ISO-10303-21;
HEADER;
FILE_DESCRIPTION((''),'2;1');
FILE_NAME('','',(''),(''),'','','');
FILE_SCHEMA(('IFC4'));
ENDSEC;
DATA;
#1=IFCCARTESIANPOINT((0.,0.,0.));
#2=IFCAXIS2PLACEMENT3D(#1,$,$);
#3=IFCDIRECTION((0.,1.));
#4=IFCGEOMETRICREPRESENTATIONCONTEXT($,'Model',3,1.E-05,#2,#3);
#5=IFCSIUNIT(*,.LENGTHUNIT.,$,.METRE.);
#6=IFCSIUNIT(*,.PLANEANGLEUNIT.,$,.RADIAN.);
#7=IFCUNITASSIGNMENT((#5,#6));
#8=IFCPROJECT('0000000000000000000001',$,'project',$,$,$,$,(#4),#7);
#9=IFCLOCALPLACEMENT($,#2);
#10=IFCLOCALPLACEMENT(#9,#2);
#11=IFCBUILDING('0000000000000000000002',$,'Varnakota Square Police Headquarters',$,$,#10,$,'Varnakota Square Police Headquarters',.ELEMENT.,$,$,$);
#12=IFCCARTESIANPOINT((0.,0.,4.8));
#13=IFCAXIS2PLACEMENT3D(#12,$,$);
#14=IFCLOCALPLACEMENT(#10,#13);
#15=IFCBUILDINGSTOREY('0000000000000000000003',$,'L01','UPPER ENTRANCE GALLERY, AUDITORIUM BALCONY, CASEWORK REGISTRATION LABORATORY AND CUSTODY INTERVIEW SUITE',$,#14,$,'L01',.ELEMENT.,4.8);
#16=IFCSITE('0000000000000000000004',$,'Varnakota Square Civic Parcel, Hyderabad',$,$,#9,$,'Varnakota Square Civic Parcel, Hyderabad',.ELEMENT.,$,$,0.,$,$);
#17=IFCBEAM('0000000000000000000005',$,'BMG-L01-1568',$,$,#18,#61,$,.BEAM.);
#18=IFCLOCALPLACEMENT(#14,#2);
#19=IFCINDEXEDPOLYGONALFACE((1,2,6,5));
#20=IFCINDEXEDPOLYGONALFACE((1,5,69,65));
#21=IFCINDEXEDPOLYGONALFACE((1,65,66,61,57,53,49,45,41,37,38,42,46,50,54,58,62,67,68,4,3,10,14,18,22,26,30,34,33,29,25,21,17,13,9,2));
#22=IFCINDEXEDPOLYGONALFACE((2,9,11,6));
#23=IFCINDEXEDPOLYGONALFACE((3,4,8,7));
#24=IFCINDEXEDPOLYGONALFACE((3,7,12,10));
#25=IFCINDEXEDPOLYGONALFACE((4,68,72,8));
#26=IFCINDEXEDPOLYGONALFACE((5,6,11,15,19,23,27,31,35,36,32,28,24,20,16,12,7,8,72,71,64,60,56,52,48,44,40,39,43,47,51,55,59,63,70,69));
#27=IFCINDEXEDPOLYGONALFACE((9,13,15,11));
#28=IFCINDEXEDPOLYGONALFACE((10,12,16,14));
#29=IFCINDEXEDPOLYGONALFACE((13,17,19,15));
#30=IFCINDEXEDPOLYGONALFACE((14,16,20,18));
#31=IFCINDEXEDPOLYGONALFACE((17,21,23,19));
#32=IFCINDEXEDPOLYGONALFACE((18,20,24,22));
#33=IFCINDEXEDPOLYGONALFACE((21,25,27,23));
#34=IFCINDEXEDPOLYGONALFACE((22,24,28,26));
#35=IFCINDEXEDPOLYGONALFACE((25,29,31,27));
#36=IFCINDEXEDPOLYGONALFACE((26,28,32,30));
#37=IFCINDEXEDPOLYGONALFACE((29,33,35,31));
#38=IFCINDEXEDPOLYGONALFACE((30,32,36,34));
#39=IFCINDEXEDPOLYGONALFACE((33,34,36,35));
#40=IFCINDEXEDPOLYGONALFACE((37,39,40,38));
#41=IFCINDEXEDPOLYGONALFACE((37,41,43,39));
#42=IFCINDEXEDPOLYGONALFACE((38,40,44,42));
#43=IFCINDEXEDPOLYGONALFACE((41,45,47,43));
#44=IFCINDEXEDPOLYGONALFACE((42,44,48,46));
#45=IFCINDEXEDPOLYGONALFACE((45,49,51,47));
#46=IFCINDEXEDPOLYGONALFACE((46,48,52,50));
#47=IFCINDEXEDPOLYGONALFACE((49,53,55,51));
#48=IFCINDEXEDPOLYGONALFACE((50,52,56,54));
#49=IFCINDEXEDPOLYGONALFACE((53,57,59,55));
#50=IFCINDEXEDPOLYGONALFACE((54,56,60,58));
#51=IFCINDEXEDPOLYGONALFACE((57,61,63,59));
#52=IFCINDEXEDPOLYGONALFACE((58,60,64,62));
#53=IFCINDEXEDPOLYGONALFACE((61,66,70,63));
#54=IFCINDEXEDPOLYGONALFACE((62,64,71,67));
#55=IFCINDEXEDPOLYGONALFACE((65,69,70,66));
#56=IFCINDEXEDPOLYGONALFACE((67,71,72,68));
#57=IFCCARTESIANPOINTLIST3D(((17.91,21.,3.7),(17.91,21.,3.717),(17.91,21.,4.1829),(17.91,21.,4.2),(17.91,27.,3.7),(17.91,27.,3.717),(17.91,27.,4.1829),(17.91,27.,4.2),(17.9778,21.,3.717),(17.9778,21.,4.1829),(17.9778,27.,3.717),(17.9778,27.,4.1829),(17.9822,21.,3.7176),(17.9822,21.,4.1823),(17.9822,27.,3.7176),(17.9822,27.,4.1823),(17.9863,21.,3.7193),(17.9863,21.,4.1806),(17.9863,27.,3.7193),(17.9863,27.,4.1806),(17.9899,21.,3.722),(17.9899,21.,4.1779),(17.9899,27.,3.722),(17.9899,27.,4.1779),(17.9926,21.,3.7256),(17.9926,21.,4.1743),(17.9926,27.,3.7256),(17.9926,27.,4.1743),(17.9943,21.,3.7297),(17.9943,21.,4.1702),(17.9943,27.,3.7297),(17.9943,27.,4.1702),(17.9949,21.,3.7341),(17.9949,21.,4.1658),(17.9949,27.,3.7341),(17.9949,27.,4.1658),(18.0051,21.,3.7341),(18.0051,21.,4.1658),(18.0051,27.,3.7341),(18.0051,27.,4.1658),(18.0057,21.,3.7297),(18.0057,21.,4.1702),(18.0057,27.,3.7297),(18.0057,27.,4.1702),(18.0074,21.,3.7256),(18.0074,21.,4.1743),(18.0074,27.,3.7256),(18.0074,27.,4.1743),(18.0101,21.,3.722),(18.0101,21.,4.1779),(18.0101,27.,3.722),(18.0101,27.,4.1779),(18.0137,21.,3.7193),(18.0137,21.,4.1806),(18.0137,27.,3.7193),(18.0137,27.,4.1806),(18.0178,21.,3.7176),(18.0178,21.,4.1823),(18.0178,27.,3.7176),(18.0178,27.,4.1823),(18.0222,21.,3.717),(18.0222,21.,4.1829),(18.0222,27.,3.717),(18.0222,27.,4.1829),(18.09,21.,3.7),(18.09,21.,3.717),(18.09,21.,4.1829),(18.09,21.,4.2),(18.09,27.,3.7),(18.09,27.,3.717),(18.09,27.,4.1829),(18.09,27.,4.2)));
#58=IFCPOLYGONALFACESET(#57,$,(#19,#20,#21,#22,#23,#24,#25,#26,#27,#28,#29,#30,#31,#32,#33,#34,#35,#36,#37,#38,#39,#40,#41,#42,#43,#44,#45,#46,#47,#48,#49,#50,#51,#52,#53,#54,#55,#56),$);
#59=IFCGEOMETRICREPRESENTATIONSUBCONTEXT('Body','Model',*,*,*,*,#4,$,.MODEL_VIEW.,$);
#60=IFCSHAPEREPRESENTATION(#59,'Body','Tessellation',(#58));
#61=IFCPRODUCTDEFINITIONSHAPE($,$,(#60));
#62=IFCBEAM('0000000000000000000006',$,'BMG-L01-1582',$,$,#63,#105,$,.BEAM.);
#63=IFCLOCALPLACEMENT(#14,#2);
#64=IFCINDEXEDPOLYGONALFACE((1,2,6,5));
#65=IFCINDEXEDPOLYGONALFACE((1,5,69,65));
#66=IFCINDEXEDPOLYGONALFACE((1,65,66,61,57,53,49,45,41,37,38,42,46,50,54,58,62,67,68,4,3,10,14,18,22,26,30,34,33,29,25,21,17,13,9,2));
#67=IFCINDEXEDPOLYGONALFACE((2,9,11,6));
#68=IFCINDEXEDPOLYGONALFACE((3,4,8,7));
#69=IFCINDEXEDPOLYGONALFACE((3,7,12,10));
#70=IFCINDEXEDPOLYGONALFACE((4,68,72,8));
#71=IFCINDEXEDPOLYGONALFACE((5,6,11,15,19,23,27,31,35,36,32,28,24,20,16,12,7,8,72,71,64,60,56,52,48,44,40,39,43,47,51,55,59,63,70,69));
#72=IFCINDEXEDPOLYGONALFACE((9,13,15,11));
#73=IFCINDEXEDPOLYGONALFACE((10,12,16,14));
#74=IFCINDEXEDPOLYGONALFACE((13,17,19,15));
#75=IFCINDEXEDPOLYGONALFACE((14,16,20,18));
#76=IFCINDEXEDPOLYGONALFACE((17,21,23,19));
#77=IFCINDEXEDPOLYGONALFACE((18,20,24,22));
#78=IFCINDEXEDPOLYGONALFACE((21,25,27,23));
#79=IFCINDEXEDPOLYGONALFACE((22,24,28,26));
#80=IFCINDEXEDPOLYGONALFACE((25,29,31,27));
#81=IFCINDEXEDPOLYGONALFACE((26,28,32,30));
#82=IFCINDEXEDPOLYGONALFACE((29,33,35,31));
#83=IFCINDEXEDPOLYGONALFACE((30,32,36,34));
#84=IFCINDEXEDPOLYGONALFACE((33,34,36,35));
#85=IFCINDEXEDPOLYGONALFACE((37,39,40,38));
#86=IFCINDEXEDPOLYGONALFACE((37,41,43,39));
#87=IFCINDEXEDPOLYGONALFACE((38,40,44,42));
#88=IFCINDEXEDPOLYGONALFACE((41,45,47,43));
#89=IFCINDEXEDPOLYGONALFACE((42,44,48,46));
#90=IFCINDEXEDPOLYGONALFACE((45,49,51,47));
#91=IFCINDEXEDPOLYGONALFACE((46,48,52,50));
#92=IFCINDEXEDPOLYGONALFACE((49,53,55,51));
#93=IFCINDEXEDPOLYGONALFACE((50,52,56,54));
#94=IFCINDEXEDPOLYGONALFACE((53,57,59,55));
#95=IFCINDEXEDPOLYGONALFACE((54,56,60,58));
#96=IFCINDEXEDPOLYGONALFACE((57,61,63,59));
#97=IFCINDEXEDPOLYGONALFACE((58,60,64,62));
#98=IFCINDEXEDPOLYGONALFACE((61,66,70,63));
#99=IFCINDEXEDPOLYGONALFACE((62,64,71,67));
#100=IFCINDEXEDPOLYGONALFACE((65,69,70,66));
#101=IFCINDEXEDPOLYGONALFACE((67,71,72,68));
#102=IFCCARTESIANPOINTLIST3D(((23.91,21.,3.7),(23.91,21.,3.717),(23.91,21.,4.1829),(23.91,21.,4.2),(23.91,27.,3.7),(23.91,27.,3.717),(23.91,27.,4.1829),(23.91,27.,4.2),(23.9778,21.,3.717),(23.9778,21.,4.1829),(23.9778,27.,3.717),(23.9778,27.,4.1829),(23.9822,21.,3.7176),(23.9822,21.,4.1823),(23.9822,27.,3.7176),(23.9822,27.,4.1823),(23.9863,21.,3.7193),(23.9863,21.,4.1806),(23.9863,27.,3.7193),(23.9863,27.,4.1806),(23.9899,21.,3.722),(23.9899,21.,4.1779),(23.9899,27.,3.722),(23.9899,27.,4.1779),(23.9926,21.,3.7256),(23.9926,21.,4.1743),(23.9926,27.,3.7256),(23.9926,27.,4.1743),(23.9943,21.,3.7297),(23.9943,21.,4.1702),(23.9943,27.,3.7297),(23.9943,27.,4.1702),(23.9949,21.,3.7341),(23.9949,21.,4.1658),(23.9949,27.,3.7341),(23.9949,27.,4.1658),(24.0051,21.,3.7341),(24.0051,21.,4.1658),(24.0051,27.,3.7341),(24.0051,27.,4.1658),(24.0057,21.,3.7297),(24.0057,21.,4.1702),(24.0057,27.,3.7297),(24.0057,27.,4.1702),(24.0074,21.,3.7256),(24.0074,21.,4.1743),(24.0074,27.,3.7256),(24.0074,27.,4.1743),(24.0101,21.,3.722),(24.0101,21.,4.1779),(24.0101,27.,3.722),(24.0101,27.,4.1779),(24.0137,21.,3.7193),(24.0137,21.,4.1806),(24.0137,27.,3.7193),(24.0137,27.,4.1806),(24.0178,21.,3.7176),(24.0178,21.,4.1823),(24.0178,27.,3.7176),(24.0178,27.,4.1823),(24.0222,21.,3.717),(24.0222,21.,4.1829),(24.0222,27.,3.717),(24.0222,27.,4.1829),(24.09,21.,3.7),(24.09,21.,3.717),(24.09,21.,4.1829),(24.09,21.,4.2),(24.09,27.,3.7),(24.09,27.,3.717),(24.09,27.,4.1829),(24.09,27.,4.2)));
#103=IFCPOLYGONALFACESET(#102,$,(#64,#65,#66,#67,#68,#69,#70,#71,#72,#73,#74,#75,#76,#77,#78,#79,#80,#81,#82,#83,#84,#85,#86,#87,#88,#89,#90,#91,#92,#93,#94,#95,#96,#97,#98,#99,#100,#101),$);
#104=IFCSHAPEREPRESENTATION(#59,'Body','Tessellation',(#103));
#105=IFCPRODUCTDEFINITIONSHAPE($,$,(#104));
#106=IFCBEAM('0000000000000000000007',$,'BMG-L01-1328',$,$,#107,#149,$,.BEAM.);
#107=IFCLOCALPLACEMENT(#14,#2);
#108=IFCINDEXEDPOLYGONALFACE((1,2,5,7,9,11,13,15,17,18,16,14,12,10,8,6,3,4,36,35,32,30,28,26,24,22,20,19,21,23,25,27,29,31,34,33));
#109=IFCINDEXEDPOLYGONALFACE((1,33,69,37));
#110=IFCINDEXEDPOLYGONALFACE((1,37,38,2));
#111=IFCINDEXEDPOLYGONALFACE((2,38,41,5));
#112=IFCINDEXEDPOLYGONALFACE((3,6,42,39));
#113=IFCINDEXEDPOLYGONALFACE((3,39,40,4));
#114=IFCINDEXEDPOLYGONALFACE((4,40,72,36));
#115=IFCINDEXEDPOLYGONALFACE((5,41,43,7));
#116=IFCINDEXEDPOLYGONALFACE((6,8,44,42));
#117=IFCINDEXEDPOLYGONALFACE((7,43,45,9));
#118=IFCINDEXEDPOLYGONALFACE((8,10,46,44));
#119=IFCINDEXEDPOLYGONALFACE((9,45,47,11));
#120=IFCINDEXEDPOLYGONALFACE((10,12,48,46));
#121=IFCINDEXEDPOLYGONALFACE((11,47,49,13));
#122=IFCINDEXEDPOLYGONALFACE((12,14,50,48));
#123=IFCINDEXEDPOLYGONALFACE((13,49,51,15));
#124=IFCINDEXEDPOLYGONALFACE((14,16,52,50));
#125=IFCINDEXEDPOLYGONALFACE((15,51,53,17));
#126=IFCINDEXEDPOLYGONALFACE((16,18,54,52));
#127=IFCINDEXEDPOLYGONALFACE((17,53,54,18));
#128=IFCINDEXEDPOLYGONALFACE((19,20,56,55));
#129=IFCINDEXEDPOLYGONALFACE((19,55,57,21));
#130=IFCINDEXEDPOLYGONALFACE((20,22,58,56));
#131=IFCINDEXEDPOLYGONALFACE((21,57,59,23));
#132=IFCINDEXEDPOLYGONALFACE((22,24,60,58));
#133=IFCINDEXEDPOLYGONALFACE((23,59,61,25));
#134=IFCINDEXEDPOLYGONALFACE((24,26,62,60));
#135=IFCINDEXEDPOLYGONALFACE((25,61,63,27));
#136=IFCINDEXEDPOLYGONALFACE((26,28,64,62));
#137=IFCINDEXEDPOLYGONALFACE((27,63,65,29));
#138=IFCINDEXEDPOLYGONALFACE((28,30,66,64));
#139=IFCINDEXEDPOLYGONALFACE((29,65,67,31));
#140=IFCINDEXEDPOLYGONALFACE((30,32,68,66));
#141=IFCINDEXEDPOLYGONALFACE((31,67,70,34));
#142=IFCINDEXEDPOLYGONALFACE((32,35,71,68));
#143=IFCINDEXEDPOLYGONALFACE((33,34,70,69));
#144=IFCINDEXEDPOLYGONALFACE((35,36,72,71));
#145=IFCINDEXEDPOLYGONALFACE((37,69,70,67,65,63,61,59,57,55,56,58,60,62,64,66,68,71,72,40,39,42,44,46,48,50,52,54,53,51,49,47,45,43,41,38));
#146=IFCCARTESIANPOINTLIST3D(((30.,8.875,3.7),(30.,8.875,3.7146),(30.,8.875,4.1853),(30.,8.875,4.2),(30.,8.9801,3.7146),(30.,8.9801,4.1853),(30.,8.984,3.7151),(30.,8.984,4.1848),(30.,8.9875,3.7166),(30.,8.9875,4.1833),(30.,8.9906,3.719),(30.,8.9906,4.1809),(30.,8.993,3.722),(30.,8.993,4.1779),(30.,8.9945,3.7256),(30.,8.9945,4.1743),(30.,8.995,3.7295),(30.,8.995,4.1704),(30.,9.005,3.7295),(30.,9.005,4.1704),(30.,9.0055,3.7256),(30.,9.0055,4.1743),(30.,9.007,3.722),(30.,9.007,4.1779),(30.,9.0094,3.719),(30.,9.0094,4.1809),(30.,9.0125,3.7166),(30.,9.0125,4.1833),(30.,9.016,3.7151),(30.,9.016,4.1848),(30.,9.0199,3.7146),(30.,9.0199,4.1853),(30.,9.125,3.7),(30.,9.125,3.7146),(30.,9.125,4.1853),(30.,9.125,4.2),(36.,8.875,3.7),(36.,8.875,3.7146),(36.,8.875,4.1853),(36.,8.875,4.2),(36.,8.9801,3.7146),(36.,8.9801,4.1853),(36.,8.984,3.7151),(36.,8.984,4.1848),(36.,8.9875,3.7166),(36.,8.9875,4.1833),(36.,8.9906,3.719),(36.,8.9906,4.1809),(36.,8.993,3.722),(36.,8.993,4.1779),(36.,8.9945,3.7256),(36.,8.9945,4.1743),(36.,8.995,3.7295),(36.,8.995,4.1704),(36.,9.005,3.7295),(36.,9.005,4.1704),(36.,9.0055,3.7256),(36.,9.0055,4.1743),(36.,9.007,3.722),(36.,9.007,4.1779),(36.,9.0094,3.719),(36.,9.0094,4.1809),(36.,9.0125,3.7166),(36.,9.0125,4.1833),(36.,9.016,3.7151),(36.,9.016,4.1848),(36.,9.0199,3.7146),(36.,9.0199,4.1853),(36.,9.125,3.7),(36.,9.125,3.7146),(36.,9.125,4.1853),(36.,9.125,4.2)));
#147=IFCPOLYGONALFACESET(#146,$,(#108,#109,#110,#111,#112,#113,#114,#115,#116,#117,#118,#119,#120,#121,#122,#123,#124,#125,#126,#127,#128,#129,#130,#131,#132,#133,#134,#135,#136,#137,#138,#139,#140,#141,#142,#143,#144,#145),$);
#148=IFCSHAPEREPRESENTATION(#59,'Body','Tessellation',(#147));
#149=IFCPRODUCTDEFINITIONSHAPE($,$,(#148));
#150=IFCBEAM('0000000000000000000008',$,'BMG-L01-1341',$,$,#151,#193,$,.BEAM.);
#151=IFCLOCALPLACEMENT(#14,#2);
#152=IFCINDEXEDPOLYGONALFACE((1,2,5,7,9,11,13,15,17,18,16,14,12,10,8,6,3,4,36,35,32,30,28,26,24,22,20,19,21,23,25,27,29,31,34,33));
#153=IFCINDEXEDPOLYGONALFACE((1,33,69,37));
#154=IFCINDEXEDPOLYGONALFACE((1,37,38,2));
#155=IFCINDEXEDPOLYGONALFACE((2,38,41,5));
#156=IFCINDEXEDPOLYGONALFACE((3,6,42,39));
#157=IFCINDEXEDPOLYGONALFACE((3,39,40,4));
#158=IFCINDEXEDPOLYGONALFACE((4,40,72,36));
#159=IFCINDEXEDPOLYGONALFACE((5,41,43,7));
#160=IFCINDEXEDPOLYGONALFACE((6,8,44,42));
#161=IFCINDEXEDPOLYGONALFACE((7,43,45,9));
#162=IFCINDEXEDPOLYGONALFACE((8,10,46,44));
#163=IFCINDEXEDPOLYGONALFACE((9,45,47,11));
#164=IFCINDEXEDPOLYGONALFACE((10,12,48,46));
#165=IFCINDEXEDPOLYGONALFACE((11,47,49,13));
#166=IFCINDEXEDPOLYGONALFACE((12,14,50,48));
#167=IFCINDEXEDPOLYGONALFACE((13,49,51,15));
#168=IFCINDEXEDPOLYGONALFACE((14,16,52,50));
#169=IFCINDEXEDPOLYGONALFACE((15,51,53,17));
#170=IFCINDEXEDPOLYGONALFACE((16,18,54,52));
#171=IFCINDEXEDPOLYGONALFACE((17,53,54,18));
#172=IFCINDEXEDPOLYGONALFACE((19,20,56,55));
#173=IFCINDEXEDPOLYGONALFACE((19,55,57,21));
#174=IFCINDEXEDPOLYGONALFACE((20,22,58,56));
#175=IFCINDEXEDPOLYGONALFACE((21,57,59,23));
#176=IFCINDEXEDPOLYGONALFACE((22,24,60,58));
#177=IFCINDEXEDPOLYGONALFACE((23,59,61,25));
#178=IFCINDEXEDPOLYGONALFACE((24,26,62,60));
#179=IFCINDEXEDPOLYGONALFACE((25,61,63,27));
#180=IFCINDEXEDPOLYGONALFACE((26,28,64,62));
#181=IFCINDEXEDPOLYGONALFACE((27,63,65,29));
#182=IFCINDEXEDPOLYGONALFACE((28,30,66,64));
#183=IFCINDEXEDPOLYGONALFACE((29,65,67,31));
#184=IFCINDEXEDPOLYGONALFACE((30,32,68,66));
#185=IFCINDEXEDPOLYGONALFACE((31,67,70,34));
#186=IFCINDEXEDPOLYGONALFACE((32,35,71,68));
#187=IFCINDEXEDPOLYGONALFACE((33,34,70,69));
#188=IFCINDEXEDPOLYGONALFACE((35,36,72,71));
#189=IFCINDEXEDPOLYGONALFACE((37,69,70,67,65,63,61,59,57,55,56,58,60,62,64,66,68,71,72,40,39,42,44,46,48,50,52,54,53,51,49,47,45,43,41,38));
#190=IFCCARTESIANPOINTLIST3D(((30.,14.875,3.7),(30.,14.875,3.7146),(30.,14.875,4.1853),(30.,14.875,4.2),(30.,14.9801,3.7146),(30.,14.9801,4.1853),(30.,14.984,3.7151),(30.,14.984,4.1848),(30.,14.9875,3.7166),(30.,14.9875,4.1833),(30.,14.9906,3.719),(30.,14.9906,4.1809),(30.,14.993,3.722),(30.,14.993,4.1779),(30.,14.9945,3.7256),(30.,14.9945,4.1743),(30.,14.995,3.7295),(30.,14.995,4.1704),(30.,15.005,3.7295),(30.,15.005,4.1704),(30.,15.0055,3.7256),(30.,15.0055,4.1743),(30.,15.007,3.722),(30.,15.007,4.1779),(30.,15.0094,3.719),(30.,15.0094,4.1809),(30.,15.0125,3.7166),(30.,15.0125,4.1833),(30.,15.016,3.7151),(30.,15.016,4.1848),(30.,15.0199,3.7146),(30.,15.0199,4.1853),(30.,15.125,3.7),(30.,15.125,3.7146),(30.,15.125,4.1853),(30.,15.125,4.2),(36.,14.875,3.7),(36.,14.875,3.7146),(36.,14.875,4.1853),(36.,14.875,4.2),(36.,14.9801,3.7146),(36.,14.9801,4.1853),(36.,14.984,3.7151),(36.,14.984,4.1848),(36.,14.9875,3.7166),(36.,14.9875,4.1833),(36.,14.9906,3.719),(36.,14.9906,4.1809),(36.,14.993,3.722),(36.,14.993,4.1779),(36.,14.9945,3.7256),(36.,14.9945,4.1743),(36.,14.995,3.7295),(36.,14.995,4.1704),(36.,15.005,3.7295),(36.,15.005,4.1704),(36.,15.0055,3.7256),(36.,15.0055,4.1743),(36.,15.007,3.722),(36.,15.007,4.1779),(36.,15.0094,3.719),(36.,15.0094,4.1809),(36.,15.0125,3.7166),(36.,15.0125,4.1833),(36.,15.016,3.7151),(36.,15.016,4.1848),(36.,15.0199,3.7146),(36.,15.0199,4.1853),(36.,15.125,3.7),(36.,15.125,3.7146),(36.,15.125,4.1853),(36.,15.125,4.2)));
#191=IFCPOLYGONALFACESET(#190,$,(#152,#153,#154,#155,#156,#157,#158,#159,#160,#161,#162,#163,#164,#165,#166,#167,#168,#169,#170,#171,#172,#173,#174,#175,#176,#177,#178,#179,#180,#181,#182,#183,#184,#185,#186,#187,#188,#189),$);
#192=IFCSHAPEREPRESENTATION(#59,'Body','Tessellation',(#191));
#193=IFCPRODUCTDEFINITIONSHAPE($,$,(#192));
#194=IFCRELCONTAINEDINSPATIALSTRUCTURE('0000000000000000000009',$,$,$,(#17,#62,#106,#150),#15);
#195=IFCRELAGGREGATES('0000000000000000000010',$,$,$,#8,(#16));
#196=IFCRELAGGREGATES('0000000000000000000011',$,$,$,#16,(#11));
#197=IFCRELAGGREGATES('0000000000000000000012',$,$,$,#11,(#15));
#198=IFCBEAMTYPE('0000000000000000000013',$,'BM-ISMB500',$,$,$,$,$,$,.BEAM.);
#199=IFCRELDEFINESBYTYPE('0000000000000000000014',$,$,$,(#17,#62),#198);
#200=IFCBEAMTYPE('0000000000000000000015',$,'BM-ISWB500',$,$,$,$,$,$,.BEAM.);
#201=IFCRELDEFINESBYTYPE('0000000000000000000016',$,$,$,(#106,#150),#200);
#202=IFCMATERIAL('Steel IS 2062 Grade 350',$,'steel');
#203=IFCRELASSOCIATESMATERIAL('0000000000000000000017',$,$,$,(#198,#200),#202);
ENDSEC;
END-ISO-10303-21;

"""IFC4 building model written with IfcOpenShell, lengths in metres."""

from ifc_helpers import new_model, si_unit, direction, frame, origin, origin_2d, place, context, subcontext, project, spatial, i_section, extrude, material, material_profile, profile_set, type_object, element, save


model = new_model("IFC4")

# Units and contexts
model_context = context("Model", 3, precision=1e-05, world=origin(), true_north=direction((0.0, 1.0)))
body_context = subcontext(model_context, "Body", "Model", "MODEL_VIEW")
ifc_project = project(units=[si_unit("LENGTHUNIT", "METRE"), si_unit("PLANEANGLEUNIT", "RADIAN")], contexts=[model_context])

# Site, building, storey
site_placement = place(None, origin())
site = spatial("IfcSite", under=ifc_project, at=site_placement, Name="Varnakota Square Civic Parcel, Hyderabad", LongName="Varnakota Square Civic Parcel, Hyderabad", CompositionType="ELEMENT", RefElevation=0.0)
building_placement = place(site_placement, origin())
building = spatial("IfcBuilding", under=site, at=building_placement, Name="Varnakota Square Police Headquarters", LongName="Varnakota Square Police Headquarters", CompositionType="ELEMENT")
storey_placement = place(building_placement, frame((0.0, 0.0, 4.8)))
storey = spatial("IfcBuildingStorey", under=building, at=storey_placement, Name="L01", Description="UPPER ENTRANCE GALLERY, AUDITORIUM BALCONY, CASEWORK REGISTRATION LABORATORY AND CUSTODY INTERVIEW SUITE", LongName="L01", CompositionType="ELEMENT", Elevation=4.8)

# Shared definitions
ifc_material_1 = material(Name="Steel IS 2062 Grade 350", Category="steel")

# Beams
ifc_material_profile_1 = material_profile(ifc_material_1, i_section(OverallWidth=0.1799, OverallDepth=0.5, WebThickness=0.0103, FlangeThickness=0.0171, FilletRadius=0.0171, at=origin_2d()), Name="ISMB 500")
ifc_profile_set_1 = profile_set([ifc_material_profile_1], Name="Steel IS 2062 Grade 350")
beam_type_1 = type_object("IfcBeamType", Name="BM-ISMB500", PredefinedType="BEAM", material=ifc_profile_set_1)
for number, where, z_axis, x_axis, name in (
    (1, (18.0, 21.0, 3.95), (0.0, 1.0, 0.0), (-1.0, 0.0, 0.0), "BMG-L01-1568"),
    (2, (24.0, 21.0, 3.95), (0.0, 1.0, 0.0), (-1.0, 0.0, 0.0), "BMG-L01-1582"),
):
    element("IfcBeam", number, at=place(storey_placement, frame(where, z_axis=z_axis, x_axis=x_axis)), inside=storey, type_object=beam_type_1, Name=name, PredefinedType="BEAM", context=body_context, shape_type="SweptSolid", body=[
        extrude(i_section(OverallWidth=0.1799, OverallDepth=0.5, WebThickness=0.0103, FlangeThickness=0.0171, FilletRadius=0.0171, at=origin_2d()), origin(), (0.0, 0.0, 1.0), 6.0),
    ])
ifc_material_profile_2 = material_profile(ifc_material_1, i_section(OverallWidth=0.25, OverallDepth=0.5, WebThickness=0.01, FlangeThickness=0.0146, FilletRadius=0.0149, at=origin_2d()), Name="ISWB 500")
ifc_profile_set_2 = profile_set([ifc_material_profile_2], Name="Steel IS 2062 Grade 350")
beam_type_2 = type_object("IfcBeamType", Name="BM-ISWB500", PredefinedType="BEAM", material=ifc_profile_set_2)
for number, where, z_axis, x_axis, name in (
    (3, (30.0, 9.0, 3.95), (1.0, 0.0, 0.0), (0.0, 1.0, 0.0), "BMG-L01-1328"),
    (4, (30.0, 15.0, 3.95), (1.0, 0.0, 0.0), (0.0, 1.0, 0.0), "BMG-L01-1341"),
):
    element("IfcBeam", number, at=place(storey_placement, frame(where, z_axis=z_axis, x_axis=x_axis)), inside=storey, type_object=beam_type_2, Name=name, PredefinedType="BEAM", context=body_context, shape_type="SweptSolid", body=[
        extrude(i_section(OverallWidth=0.25, OverallDepth=0.5, WebThickness=0.01, FlangeThickness=0.0146, FilletRadius=0.0149, at=origin_2d()), origin(), (0.0, 0.0, 1.0), 6.0),
    ])

save(model, "model.ifc")
